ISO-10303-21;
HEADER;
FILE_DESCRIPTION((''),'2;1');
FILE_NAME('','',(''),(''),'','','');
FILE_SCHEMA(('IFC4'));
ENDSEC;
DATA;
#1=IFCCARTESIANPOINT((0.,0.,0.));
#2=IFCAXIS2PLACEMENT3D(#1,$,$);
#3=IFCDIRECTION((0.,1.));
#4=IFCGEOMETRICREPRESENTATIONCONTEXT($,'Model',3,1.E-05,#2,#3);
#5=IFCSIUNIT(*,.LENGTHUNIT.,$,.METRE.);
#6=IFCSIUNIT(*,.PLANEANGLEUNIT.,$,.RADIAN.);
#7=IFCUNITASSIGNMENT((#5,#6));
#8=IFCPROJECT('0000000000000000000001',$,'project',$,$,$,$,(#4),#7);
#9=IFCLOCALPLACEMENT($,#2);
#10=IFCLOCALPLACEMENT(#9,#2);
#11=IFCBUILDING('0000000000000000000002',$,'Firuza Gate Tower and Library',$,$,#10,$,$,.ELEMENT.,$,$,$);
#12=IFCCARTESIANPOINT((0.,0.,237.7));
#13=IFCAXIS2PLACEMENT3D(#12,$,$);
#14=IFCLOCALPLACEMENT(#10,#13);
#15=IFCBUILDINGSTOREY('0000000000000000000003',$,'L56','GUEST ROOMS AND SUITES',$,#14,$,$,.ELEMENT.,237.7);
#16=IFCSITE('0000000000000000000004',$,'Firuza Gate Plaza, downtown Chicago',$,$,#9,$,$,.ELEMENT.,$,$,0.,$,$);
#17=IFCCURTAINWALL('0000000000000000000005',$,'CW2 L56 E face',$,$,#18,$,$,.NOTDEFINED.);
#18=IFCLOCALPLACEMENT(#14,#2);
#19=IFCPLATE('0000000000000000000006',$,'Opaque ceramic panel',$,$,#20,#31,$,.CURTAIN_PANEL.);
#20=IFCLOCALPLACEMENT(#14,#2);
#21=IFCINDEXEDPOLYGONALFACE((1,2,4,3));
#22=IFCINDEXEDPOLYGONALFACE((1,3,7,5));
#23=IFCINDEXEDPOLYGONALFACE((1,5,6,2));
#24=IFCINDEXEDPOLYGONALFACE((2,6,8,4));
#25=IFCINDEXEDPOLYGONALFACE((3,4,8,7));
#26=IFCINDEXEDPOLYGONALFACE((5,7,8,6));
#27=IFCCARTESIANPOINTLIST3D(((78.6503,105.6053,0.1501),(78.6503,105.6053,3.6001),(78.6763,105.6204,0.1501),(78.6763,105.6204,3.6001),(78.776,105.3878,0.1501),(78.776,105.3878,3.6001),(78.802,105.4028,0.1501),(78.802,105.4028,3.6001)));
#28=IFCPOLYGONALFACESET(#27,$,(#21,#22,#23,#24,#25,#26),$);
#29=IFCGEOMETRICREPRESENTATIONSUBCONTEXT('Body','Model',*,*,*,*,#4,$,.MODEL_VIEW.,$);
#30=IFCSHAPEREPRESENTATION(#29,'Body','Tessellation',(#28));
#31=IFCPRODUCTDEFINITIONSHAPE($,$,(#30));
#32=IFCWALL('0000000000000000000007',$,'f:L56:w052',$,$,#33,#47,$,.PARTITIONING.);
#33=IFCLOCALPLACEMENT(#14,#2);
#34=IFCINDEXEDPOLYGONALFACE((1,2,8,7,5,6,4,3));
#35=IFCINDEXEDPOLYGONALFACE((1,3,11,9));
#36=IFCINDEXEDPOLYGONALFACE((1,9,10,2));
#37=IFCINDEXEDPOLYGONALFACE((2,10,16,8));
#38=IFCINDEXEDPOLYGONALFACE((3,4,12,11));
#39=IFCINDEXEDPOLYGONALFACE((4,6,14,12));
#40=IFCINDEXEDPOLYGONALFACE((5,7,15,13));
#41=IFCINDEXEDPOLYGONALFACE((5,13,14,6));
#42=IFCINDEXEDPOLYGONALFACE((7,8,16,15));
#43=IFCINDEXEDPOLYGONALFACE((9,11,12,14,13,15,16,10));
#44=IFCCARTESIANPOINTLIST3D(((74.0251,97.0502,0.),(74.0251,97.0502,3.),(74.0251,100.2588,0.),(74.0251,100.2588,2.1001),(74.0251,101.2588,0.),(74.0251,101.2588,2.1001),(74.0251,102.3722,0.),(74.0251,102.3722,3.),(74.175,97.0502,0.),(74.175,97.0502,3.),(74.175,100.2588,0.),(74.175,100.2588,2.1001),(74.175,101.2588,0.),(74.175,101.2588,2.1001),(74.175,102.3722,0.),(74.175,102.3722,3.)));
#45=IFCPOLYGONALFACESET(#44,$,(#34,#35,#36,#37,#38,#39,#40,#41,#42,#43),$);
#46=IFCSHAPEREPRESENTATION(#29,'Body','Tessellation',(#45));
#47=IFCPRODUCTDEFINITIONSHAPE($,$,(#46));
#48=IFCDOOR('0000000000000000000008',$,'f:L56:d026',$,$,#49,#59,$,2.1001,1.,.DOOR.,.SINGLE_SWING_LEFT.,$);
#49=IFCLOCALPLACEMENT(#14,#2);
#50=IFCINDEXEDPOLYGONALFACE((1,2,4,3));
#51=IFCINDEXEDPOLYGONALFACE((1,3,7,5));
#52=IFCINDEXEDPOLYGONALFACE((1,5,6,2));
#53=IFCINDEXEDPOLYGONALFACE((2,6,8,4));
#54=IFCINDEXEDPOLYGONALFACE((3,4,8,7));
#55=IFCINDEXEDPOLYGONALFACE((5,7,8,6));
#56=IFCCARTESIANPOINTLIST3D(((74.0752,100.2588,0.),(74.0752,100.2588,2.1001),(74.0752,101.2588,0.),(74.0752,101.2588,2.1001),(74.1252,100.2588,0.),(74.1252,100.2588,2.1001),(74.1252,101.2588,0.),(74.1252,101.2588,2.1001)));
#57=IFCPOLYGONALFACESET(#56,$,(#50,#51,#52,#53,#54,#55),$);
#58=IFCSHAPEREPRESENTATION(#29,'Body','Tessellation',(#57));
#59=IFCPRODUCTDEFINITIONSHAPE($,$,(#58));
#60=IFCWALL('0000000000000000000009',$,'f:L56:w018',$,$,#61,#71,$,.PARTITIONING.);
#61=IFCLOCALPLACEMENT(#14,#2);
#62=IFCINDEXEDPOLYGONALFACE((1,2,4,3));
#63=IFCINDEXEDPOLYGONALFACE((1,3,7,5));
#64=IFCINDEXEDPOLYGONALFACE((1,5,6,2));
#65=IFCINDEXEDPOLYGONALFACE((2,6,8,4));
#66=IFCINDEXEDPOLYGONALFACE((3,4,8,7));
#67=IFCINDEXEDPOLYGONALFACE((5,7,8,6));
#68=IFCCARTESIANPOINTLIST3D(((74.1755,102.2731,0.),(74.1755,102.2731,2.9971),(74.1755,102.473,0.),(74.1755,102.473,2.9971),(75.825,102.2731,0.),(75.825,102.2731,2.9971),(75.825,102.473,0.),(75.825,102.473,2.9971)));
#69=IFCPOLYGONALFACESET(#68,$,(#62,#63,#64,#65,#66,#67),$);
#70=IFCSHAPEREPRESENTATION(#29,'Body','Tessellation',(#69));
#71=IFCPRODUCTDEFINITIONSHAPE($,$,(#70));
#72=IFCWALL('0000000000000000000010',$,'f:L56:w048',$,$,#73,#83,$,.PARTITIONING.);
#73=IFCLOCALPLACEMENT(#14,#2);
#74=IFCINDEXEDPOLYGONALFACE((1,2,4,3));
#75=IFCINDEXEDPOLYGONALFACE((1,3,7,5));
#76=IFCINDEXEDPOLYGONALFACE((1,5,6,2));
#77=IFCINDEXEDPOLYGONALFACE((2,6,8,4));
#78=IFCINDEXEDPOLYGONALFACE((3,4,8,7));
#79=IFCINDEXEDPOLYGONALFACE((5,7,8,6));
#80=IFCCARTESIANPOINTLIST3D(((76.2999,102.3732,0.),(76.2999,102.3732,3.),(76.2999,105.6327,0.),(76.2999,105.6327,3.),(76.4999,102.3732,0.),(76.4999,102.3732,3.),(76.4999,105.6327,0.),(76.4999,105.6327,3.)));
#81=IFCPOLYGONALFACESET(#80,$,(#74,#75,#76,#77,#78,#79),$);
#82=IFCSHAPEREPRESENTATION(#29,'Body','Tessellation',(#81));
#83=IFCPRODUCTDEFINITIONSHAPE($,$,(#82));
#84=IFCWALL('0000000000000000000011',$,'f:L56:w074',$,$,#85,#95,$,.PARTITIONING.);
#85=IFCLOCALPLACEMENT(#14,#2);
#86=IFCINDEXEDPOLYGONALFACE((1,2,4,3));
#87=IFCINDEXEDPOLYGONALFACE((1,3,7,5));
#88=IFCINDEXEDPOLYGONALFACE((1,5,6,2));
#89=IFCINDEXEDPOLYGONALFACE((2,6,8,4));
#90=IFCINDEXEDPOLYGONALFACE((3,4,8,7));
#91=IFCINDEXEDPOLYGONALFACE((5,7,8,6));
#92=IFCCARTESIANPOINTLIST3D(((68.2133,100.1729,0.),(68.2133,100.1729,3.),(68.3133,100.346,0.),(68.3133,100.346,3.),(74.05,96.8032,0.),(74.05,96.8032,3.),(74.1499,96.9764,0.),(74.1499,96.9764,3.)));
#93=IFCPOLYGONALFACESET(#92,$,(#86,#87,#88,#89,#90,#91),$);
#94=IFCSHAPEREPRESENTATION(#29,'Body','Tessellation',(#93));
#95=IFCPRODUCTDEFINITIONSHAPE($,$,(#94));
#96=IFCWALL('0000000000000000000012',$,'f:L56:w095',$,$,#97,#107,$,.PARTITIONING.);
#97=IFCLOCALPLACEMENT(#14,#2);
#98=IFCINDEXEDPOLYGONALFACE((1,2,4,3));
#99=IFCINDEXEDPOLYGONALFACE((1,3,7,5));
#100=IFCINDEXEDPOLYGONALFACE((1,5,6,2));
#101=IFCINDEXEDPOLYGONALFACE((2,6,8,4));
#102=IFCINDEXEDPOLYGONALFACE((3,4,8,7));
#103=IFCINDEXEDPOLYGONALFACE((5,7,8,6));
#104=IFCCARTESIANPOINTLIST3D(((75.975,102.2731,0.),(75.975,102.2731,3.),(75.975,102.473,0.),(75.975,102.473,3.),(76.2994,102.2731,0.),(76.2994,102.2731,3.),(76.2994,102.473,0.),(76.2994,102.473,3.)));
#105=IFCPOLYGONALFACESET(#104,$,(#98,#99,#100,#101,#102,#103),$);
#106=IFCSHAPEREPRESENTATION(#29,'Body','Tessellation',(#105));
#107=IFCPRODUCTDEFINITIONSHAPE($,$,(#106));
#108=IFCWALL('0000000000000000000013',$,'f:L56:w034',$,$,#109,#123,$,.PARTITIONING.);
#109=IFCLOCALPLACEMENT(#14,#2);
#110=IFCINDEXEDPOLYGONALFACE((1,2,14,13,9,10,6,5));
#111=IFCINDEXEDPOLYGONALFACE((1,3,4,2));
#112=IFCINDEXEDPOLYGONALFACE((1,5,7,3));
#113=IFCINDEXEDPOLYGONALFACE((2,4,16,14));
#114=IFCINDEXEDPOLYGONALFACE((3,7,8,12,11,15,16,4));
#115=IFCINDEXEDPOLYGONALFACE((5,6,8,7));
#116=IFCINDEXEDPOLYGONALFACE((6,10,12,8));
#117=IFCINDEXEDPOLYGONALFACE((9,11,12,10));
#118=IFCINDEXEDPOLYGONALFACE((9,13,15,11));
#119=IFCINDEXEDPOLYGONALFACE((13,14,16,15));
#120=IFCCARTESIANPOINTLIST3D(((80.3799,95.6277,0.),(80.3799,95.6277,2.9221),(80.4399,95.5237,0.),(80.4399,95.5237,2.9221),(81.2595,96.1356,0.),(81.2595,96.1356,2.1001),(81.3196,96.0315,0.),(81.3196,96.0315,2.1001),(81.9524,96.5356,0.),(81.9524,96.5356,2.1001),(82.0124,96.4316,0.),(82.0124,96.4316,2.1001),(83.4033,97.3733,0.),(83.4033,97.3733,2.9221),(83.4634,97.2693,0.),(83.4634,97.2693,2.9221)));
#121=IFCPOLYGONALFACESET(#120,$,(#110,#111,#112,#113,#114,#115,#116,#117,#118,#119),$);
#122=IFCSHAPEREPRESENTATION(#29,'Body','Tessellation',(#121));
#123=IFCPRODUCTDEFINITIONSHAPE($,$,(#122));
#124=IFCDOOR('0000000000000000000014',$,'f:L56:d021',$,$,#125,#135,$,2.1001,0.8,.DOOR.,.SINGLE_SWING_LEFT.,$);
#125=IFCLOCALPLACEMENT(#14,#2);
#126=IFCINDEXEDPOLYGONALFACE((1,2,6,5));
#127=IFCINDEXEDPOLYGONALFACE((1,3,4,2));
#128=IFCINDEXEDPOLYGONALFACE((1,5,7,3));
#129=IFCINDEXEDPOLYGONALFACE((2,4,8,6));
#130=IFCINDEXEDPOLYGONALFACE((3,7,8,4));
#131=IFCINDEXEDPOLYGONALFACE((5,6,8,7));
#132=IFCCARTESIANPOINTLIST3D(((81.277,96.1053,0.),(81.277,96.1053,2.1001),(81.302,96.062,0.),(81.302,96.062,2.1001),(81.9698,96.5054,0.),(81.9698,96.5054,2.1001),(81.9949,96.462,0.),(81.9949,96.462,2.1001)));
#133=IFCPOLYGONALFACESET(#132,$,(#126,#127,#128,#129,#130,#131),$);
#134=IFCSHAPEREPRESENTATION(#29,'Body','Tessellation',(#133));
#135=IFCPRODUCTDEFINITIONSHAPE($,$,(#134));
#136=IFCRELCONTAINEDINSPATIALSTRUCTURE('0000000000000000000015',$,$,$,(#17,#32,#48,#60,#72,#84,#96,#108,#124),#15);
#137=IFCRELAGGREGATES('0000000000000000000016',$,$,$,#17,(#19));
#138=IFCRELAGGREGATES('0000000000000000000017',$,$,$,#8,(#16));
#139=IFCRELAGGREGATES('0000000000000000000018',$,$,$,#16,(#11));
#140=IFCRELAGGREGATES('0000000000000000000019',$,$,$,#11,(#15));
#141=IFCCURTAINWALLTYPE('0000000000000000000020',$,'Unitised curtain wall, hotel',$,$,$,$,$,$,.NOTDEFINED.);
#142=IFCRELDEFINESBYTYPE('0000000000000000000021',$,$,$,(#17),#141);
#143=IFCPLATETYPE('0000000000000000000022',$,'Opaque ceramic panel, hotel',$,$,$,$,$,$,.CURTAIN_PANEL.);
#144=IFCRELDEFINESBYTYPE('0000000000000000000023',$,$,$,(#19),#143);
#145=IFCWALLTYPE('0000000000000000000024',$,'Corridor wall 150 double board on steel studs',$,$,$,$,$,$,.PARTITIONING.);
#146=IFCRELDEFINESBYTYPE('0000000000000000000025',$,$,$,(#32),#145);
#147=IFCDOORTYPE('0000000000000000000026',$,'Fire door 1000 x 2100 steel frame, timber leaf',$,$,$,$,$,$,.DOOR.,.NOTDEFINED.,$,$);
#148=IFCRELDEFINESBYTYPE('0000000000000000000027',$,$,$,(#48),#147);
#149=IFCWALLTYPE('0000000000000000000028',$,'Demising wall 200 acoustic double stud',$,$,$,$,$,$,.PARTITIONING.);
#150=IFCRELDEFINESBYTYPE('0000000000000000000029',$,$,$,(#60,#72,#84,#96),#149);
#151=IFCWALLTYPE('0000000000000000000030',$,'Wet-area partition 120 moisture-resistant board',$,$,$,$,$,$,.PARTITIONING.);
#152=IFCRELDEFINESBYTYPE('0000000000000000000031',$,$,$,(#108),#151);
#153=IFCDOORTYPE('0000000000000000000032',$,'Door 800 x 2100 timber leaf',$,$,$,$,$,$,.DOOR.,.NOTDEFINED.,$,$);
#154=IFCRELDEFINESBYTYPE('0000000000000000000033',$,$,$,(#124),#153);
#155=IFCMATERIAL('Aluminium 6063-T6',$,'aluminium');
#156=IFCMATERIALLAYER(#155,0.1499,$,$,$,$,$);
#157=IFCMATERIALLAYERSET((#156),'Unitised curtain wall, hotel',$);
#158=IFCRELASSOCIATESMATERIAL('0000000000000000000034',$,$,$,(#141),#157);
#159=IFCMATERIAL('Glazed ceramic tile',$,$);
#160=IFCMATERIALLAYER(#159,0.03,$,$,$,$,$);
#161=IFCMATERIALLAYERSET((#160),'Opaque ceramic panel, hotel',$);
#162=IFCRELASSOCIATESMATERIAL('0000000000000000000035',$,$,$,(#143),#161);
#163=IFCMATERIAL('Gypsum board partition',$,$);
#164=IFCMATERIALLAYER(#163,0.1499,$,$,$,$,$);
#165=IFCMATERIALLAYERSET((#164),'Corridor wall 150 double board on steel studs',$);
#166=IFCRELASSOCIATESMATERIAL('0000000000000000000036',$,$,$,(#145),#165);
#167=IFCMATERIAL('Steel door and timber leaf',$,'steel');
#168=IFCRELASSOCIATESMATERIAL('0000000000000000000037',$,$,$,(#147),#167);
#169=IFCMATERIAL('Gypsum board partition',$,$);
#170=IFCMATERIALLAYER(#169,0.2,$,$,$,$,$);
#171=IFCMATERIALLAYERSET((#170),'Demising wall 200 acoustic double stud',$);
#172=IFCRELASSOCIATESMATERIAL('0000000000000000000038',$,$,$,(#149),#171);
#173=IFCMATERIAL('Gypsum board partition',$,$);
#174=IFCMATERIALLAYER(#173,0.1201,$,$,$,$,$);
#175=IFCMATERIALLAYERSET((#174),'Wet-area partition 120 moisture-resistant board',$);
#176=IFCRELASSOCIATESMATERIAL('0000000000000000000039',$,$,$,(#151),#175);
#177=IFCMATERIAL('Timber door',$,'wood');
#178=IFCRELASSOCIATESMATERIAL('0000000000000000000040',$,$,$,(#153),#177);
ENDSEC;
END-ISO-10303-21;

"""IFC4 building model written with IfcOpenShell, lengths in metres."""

from ifc_helpers import new_model, si_unit, direction, frame, frame_2d, origin, place, context, subcontext, project, spatial, polyline, rectangle, outline, extrude, material, layer, layer_set, type_object, element, fill, aggregate, save


model = new_model("IFC4")

# Units and contexts
model_context = context("Model", 3, precision=1e-05, world=origin(), true_north=direction((0.0, 1.0)))
body_context = subcontext(model_context, "Body", "Model", "MODEL_VIEW")
ifc_project = project(units=[si_unit("LENGTHUNIT", "METRE"), si_unit("PLANEANGLEUNIT", "RADIAN")], contexts=[model_context])

# Site, building, storey
site_placement = place(None, origin())
site = spatial("IfcSite", under=ifc_project, at=site_placement, Name="Firuza Gate Plaza, downtown Chicago", CompositionType="ELEMENT", RefElevation=0.0)
building_placement = place(site_placement, origin())
building = spatial("IfcBuilding", under=site, at=building_placement, Name="Firuza Gate Tower and Library", CompositionType="ELEMENT")
storey_placement = place(building_placement, frame((0.0, 0.0, 237.7)))
storey = spatial("IfcBuildingStorey", under=building, at=storey_placement, Name="L56", Description="GUEST ROOMS AND SUITES", CompositionType="ELEMENT", Elevation=237.7)

# Curtain wall
ifc_material_1 = material(Name="Aluminium 6063-T6", Category="aluminium")
ifc_layer_1 = layer(ifc_material_1, 0.1499)
ifc_layer_set_1 = layer_set([ifc_layer_1], Name="Unitised curtain wall, hotel")
curtain_wall_type_1 = type_object("IfcCurtainWallType", Name="Unitised curtain wall, hotel", PredefinedType="NOTDEFINED", material=ifc_layer_set_1)
placement = place(storey_placement, origin())
curtain_wall_1 = element("IfcCurtainWall", 1, at=placement, inside=storey, type_object=curtain_wall_type_1, Name="CW2 L56 E face", PredefinedType="NOTDEFINED")

# Plate
ifc_material_2 = material(Name="Glazed ceramic tile")
ifc_layer_2 = layer(ifc_material_2, 0.03)
ifc_layer_set_2 = layer_set([ifc_layer_2], Name="Opaque ceramic panel, hotel")
plate_type_1 = type_object("IfcPlateType", Name="Opaque ceramic panel, hotel", PredefinedType="CURTAIN_PANEL", material=ifc_layer_set_2)
plate_1_placement = place(storey_placement, frame((78.802, 105.4028, 0.1501), z_axis=(0.865781, 0.500423, 0.0), x_axis=(-0.500423, 0.865781, 0.0)))
plate_1 = element("IfcPlate", 2, at=plate_1_placement, type_object=plate_type_1, Name="Opaque ceramic panel", PredefinedType="CURTAIN_PANEL", context=body_context, shape_type="SweptSolid", body=[
    extrude(outline(polyline([(0.0, 0.0), (0.2513, 0.0), (0.2513, 3.45), (0.0, 3.45), (0.0, 0.0)])), origin(), (0.0, 0.0, -1.0), 0.03),
])
aggregate(curtain_wall_1, [plate_1])

# Wall, opening, door
ifc_material_3 = material(Name="Gypsum board partition")
ifc_layer_3 = layer(ifc_material_3, 0.1499)
ifc_layer_set_3 = layer_set([ifc_layer_3], Name="Corridor wall 150 double board on steel studs")
wall_type_1 = type_object("IfcWallType", Name="Corridor wall 150 double board on steel studs", PredefinedType="PARTITIONING", material=ifc_layer_set_3)
wall_1_placement = place(storey_placement, frame((74.1001, 97.05, 0.0), z_axis=(0.0, 0.0, 1.0), x_axis=(0.0, 1.0, 0.0)))
wall_1 = element("IfcWall", 3, at=wall_1_placement, inside=storey, type_object=wall_type_1, Name="f:L56:w052", PredefinedType="PARTITIONING", context=body_context, shape_type="SweptSolid", body=[
    extrude(rectangle(XDim=5.322, YDim=0.1499, at=frame_2d((2.6611, 0.0))), origin(), (0.0, 0.0, 1.0), 3.0),
])
opening_1_placement = place(wall_1_placement, frame((3.2087, 0.0, 0.0)))
opening_1 = element("IfcOpeningElement", 4, at=opening_1_placement, cuts=wall_1, PredefinedType="OPENING", context=body_context, shape_type="SweptSolid", body=[
    extrude(rectangle(XDim=1.0, YDim=2.1001, at=frame_2d((0.5, 1.05))), frame((0.0, 0.085, 0.0), z_axis=(0.0, -1.0, 0.0), x_axis=(1.0, 0.0, 0.0)), (0.0, 0.0, 1.0), 0.1699),
])
ifc_material_4 = material(Name="Steel door and timber leaf", Category="steel")
door_type_1 = type_object("IfcDoorType", Name="Fire door 1000 x 2100 steel frame, timber leaf", OperationType="NOTDEFINED", PredefinedType="DOOR", material=ifc_material_4)
door_1_placement = place(opening_1_placement, origin())
door_1 = element("IfcDoor", 5, at=door_1_placement, inside=storey, type_object=door_type_1, Name="f:L56:d026", OperationType="SINGLE_SWING_LEFT", OverallHeight=2.1001, OverallWidth=1.0, PredefinedType="DOOR", context=body_context, shape_type="SweptSolid", body=[
    extrude(rectangle(XDim=1.0, YDim=2.1001, at=frame_2d((0.5, 1.05))), frame((0.0, 0.0249, 0.0), z_axis=(0.0, -1.0, 0.0), x_axis=(1.0, 0.0, 0.0)), (0.0, 0.0, 1.0), 0.05),
])
fill(opening_1, door_1)

# Walls
ifc_material_5 = material(Name="Gypsum board partition")
ifc_layer_4 = layer(ifc_material_5, 0.2)
ifc_layer_set_4 = layer_set([ifc_layer_4], Name="Demising wall 200 acoustic double stud")
wall_type_2 = type_object("IfcWallType", Name="Demising wall 200 acoustic double stud", PredefinedType="PARTITIONING", material=ifc_layer_set_4)
wall_2_placement = place(storey_placement, frame((74.1755, 102.373, 0.0), z_axis=(0.0, 0.0, 1.0), x_axis=(1.0, 0.0, 0.0)))
element("IfcWall", 6, at=wall_2_placement, inside=storey, type_object=wall_type_2, Name="f:L56:w018", PredefinedType="PARTITIONING", context=body_context, shape_type="SweptSolid", body=[
    extrude(rectangle(XDim=1.6494, YDim=0.2, at=frame_2d((0.8247, 0.0))), origin(), (0.0, 0.0, 1.0), 2.9971),
])
wall_3_placement = place(storey_placement, frame((76.3999, 102.373, 0.0), z_axis=(0.0, 0.0, 1.0), x_axis=(0.0, 1.0, 0.0)))
element("IfcWall", 7, at=wall_3_placement, inside=storey, type_object=wall_type_2, Name="f:L56:w048", PredefinedType="PARTITIONING", context=body_context, shape_type="SweptSolid", body=[
    extrude(rectangle(XDim=3.2595, YDim=0.2, at=frame_2d((1.6299, 0.0))), origin(), (0.0, 0.0, 1.0), 3.0),
])
wall_4_placement = place(storey_placement, frame((74.0999, 96.8899, 0.0), z_axis=(0.0, 0.0, 1.0), x_axis=(-0.866037, 0.499981, 0.0)))
element("IfcWall", 8, at=wall_4_placement, inside=storey, type_object=wall_type_2, Name="f:L56:w074", PredefinedType="PARTITIONING", context=body_context, shape_type="SweptSolid", body=[
    extrude(rectangle(XDim=6.7395, YDim=0.2, at=frame_2d((3.3696, 0.0))), origin(), (0.0, 0.0, 1.0), 3.0),
])
wall_5_placement = place(storey_placement, frame((75.9751, 102.373, 0.0), z_axis=(0.0, 0.0, 1.0), x_axis=(1.0, 0.0, 0.0)))
element("IfcWall", 9, at=wall_5_placement, inside=storey, type_object=wall_type_2, Name="f:L56:w095", PredefinedType="PARTITIONING", context=body_context, shape_type="SweptSolid", body=[
    extrude(rectangle(XDim=0.3245, YDim=0.2, at=frame_2d((0.1621, 0.0))), origin(), (0.0, 0.0, 1.0), 3.0),
])

# Wall, opening, door
ifc_material_6 = material(Name="Gypsum board partition")
ifc_layer_5 = layer(ifc_material_6, 0.1201)
ifc_layer_set_5 = layer_set([ifc_layer_5], Name="Wet-area partition 120 moisture-resistant board")
wall_type_3 = type_object("IfcWallType", Name="Wet-area partition 120 moisture-resistant board", PredefinedType="PARTITIONING", material=ifc_layer_set_5)
wall_6_placement = place(storey_placement, frame((83.4333, 97.3213, 0.0), z_axis=(0.0, 0.0, 1.0), x_axis=(-0.866023, -0.500005, 0.0)))
wall_6 = element("IfcWall", 10, at=wall_6_placement, inside=storey, type_object=wall_type_3, Name="f:L56:w034", PredefinedType="PARTITIONING", context=body_context, shape_type="SweptSolid", body=[
    extrude(rectangle(XDim=3.4912, YDim=0.1201, at=frame_2d((1.7456, 0.0))), origin(), (0.0, 0.0, 1.0), 2.9221),
])
opening_2_placement = place(wall_6_placement, frame((1.6755, 0.0, 0.0)))
opening_2 = element("IfcOpeningElement", 11, at=opening_2_placement, cuts=wall_6, PredefinedType="OPENING", context=body_context, shape_type="SweptSolid", body=[
    extrude(rectangle(XDim=0.8, YDim=2.1001, at=frame_2d((0.3999, 1.05))), frame((0.0, 0.0701, 0.0), z_axis=(0.0, -1.0, 0.0), x_axis=(1.0, 0.0, 0.0)), (0.0, 0.0, 1.0), 0.1401),
])
ifc_material_7 = material(Name="Timber door", Category="wood")
door_type_2 = type_object("IfcDoorType", Name="Door 800 x 2100 timber leaf", OperationType="NOTDEFINED", PredefinedType="DOOR", material=ifc_material_7)
door_2_placement = place(opening_2_placement, origin())
door_2 = element("IfcDoor", 12, at=door_2_placement, inside=storey, type_object=door_type_2, Name="f:L56:d021", OperationType="SINGLE_SWING_LEFT", OverallHeight=2.1001, OverallWidth=0.8, PredefinedType="DOOR", context=body_context, shape_type="SweptSolid", body=[
    extrude(rectangle(XDim=0.8, YDim=2.1001, at=frame_2d((0.3999, 1.05))), frame((0.0, 0.0249, 0.0), z_axis=(0.0, -1.0, 0.0), x_axis=(1.0, 0.0, 0.0)), (0.0, 0.0, 1.0), 0.05),
])
fill(opening_2, door_2)

save(model, "model.ifc")
